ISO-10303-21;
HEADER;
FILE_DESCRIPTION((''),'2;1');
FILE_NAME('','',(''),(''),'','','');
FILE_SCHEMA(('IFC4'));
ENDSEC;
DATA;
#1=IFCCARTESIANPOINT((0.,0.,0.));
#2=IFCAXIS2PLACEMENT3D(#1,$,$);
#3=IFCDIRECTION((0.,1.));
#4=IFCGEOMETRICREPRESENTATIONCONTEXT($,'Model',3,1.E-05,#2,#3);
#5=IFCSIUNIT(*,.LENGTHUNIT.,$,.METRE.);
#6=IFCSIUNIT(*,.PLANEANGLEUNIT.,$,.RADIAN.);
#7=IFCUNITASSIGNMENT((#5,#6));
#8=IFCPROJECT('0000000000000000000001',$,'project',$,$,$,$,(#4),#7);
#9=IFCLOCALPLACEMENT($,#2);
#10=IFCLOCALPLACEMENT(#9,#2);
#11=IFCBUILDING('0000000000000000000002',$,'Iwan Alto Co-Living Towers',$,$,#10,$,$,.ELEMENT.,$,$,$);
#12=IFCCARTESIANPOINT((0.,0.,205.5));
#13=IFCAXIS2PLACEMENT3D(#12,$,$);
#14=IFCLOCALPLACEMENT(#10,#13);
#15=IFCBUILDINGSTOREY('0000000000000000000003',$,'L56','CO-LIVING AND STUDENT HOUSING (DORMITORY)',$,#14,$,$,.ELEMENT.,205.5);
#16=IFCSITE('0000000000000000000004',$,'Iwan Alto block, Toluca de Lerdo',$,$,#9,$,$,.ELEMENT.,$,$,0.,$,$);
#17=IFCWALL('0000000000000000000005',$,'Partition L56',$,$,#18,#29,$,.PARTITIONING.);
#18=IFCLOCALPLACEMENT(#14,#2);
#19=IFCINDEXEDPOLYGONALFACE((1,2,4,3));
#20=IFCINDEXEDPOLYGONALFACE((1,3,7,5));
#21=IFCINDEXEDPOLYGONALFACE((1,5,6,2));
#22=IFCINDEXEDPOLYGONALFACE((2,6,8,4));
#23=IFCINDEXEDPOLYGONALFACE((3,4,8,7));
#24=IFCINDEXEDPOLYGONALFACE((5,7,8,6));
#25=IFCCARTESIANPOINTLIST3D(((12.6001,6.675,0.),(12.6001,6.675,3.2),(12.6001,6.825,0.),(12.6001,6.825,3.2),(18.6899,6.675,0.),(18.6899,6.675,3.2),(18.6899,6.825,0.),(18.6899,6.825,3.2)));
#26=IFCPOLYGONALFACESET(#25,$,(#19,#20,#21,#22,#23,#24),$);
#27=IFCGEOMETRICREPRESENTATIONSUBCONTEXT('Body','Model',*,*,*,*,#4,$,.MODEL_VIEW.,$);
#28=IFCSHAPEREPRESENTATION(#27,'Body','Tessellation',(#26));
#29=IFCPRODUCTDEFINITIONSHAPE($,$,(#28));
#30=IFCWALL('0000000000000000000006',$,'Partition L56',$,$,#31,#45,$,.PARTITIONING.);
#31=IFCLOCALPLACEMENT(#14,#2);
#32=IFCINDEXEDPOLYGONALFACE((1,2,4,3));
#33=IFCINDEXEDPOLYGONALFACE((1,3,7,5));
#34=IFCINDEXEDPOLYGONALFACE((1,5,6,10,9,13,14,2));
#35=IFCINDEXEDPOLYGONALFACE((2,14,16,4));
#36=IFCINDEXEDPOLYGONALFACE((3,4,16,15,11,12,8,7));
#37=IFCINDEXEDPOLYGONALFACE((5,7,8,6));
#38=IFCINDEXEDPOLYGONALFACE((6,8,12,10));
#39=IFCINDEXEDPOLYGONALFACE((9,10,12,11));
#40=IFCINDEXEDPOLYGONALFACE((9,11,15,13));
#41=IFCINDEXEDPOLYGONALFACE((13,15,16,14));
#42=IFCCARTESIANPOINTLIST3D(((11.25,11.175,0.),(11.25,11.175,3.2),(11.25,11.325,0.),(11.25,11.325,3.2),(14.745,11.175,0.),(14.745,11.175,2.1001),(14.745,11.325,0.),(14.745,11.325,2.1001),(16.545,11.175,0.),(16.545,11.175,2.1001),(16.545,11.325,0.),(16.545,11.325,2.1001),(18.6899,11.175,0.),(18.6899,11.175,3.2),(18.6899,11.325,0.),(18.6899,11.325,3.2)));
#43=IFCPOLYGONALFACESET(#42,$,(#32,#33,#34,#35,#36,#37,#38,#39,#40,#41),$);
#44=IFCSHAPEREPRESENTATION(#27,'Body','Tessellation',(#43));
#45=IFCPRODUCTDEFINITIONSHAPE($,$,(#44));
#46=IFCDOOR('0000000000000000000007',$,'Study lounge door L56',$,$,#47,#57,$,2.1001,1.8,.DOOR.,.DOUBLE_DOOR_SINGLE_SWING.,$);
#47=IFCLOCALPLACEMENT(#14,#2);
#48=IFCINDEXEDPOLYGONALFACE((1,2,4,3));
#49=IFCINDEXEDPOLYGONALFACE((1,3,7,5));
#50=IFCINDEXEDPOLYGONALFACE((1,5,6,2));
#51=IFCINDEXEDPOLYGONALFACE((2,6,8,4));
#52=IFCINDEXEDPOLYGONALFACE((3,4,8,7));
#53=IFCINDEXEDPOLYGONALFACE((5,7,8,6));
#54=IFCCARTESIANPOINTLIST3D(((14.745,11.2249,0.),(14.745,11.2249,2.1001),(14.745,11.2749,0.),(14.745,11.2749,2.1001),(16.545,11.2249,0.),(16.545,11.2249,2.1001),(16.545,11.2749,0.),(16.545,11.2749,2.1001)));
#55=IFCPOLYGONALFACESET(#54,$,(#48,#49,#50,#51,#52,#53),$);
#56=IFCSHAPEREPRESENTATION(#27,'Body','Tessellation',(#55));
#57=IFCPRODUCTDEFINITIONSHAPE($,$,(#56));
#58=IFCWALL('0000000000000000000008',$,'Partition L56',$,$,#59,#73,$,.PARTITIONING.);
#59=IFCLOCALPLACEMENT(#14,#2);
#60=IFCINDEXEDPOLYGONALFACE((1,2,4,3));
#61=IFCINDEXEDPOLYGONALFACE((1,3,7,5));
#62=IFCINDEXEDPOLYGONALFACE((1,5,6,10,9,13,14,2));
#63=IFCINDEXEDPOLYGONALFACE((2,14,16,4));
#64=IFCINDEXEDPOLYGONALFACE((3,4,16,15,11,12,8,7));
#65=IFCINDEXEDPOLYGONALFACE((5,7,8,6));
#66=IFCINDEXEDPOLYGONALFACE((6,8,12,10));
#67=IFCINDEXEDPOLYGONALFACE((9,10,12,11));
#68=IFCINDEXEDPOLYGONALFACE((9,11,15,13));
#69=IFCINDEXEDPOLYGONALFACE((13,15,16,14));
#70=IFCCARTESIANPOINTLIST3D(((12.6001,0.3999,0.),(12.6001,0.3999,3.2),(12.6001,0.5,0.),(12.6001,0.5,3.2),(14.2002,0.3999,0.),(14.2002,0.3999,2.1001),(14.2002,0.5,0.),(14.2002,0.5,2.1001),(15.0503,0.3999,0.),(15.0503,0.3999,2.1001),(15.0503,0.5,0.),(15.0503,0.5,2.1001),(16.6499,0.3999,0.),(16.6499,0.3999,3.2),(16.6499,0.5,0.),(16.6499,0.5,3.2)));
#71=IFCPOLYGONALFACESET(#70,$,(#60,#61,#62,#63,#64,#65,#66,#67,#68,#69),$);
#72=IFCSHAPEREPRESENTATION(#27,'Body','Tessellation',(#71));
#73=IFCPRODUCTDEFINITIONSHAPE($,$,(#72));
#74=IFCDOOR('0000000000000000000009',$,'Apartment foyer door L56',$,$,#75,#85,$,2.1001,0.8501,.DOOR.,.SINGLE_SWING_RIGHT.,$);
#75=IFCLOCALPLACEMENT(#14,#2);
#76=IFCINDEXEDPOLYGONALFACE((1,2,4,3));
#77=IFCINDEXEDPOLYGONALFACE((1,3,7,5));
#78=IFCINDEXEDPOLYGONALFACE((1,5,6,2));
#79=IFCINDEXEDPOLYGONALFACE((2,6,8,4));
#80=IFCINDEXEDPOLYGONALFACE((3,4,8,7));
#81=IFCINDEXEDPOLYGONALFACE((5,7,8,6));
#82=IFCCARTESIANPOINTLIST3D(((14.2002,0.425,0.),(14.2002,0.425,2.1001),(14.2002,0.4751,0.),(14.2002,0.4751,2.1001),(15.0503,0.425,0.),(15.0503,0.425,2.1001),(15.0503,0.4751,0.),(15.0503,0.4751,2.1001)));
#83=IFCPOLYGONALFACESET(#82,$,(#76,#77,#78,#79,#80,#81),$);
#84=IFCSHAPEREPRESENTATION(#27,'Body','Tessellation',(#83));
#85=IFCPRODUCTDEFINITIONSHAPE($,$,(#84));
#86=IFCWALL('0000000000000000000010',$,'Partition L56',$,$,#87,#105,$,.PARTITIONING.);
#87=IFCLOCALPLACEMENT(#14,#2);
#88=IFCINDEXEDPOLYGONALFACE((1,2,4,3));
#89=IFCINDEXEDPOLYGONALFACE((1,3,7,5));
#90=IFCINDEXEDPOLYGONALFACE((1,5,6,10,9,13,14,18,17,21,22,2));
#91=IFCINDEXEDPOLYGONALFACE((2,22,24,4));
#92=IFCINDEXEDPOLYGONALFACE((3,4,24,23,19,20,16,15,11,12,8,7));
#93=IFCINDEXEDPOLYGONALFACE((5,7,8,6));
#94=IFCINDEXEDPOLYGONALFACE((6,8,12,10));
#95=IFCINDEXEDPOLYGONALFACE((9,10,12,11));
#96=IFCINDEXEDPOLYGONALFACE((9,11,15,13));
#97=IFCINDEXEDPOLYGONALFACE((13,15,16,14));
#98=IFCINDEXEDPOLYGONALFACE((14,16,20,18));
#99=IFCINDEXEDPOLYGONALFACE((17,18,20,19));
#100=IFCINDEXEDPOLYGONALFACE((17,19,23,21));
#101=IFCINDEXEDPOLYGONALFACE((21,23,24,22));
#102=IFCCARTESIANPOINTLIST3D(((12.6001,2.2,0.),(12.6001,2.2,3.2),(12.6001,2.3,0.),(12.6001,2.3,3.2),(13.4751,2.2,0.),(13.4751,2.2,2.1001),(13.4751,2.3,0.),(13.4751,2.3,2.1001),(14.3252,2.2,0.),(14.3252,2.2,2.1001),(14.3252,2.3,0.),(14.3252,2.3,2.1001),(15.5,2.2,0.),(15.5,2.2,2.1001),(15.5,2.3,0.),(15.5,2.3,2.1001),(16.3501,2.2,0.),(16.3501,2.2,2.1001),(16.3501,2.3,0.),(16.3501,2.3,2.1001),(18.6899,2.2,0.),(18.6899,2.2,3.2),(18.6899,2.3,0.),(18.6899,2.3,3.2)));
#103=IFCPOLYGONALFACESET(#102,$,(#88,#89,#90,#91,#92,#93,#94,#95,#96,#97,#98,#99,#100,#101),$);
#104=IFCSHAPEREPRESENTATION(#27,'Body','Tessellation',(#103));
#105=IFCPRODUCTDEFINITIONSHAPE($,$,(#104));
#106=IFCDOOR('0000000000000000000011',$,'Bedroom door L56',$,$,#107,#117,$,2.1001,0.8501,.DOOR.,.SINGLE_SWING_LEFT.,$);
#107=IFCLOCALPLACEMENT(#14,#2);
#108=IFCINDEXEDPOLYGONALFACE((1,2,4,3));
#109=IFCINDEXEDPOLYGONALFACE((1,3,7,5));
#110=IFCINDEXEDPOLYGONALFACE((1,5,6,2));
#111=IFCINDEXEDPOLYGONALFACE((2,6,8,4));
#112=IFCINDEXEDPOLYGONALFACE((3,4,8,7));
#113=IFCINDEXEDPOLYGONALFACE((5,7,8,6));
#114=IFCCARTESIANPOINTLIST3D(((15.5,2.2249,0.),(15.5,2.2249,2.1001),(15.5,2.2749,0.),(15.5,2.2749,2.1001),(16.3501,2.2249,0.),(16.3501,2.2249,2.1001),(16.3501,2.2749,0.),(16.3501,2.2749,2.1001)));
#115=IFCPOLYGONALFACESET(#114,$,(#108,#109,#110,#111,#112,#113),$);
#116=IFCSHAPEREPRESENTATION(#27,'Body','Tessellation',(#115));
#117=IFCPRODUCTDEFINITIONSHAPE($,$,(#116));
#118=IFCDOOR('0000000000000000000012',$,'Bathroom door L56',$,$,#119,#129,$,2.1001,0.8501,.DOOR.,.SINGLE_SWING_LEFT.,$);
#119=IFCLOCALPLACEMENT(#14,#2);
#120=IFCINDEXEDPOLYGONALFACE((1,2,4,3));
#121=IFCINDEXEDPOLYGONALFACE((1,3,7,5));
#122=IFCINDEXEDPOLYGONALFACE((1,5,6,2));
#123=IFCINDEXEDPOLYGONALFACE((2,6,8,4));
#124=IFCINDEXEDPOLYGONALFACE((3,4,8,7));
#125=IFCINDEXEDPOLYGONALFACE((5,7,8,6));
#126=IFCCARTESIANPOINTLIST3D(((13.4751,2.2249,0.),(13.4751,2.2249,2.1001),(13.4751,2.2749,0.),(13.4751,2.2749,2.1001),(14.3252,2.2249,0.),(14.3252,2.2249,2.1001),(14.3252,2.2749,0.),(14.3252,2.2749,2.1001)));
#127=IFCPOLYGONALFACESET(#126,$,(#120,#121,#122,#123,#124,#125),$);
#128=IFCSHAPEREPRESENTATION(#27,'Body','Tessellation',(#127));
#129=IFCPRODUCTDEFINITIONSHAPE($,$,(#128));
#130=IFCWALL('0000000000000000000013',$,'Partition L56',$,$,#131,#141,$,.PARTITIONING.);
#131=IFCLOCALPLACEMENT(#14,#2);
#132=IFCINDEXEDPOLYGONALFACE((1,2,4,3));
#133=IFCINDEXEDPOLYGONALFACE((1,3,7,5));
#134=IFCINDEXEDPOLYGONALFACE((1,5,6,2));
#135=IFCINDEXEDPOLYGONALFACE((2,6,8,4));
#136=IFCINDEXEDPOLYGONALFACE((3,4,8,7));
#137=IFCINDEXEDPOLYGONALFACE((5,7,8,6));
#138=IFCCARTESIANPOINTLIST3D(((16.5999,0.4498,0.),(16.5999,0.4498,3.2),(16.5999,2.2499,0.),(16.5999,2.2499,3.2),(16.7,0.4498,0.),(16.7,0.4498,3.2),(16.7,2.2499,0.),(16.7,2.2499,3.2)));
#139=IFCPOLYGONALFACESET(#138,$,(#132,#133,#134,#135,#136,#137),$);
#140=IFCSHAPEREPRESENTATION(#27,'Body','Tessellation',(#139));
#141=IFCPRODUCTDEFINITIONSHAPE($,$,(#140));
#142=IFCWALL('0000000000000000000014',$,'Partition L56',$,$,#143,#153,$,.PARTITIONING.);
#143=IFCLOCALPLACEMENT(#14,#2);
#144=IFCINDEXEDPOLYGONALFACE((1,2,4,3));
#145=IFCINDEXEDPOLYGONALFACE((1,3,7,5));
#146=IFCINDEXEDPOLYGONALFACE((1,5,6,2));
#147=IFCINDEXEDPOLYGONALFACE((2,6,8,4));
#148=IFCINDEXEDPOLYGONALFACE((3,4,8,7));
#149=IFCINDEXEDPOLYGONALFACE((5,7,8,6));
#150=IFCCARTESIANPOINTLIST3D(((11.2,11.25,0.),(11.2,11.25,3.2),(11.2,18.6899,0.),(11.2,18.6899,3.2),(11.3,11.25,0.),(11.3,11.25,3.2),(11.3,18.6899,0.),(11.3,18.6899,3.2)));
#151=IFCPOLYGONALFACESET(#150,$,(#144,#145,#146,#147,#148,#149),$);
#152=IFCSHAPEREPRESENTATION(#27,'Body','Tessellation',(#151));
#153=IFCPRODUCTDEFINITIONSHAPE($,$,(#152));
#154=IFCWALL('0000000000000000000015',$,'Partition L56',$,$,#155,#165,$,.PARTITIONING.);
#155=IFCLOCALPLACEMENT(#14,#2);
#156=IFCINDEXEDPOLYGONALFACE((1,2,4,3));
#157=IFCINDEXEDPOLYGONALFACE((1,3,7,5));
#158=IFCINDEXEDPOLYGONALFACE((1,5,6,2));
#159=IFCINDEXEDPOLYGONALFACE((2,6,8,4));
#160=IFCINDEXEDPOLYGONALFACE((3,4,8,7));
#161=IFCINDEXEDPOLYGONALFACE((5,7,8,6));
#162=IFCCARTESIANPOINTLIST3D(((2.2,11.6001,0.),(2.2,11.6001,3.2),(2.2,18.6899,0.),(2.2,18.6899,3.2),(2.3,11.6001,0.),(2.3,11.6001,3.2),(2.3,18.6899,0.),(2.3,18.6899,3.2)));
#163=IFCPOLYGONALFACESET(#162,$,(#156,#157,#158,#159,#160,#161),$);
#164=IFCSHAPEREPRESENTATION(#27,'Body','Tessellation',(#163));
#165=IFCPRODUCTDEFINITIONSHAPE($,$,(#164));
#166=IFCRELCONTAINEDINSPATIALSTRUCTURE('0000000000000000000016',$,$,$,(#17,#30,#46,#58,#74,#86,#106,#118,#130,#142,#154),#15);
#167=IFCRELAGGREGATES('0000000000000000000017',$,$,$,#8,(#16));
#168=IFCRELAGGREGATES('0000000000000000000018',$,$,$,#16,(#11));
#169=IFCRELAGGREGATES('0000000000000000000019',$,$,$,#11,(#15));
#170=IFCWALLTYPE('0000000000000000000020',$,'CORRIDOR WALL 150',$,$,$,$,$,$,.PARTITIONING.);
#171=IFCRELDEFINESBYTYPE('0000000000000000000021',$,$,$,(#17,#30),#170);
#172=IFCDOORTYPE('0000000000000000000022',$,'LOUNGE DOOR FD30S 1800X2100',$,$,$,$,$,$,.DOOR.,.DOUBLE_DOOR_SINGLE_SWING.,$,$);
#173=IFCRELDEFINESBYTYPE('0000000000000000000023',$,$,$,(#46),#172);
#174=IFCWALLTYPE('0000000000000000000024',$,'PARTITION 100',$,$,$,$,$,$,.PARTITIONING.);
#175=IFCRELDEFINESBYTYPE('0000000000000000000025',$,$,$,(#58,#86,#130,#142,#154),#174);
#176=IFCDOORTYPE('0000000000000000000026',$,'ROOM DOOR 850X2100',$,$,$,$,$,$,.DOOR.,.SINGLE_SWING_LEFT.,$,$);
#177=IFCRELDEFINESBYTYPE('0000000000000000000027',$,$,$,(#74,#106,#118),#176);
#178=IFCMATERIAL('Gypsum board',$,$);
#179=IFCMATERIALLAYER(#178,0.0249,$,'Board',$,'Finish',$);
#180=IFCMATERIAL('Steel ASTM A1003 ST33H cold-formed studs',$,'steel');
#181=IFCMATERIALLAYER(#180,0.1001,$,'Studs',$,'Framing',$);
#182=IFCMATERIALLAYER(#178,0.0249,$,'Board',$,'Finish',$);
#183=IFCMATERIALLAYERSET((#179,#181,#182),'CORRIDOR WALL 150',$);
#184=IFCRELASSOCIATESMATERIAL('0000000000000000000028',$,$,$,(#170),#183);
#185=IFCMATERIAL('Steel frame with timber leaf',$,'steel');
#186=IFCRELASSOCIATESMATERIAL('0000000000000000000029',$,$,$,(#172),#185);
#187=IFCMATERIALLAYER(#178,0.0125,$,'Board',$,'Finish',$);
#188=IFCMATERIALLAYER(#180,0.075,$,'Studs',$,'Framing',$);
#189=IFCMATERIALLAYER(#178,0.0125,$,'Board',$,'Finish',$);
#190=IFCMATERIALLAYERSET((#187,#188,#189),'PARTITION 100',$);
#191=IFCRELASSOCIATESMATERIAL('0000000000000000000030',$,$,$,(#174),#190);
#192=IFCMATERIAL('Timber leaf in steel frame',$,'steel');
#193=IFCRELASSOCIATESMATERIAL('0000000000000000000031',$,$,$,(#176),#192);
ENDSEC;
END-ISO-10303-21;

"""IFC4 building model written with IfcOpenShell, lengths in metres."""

from ifc_helpers import new_model, si_unit, direction, frame, frame_2d, origin, place, context, subcontext, project, spatial, rectangle, extrude, material, layer, layer_set, type_object, element, fill, save


model = new_model("IFC4")

# Units and contexts
model_context = context("Model", 3, precision=1e-05, world=origin(), true_north=direction((0.0, 1.0)))
body_context = subcontext(model_context, "Body", "Model", "MODEL_VIEW")
ifc_project = project(units=[si_unit("LENGTHUNIT", "METRE"), si_unit("PLANEANGLEUNIT", "RADIAN")], contexts=[model_context])

# Site, building, storey
site_placement = place(None, origin())
site = spatial("IfcSite", under=ifc_project, at=site_placement, Name="Iwan Alto block, Toluca de Lerdo", CompositionType="ELEMENT", RefElevation=0.0)
building_placement = place(site_placement, origin())
building = spatial("IfcBuilding", under=site, at=building_placement, Name="Iwan Alto Co-Living Towers", CompositionType="ELEMENT")
storey_placement = place(building_placement, frame((0.0, 0.0, 205.5)))
storey = spatial("IfcBuildingStorey", under=building, at=storey_placement, Name="L56", Description="CO-LIVING AND STUDENT HOUSING (DORMITORY)", CompositionType="ELEMENT", Elevation=205.5)

# Wall
ifc_material_1 = material(Name="Gypsum board")
ifc_layer_1 = layer(ifc_material_1, 0.0249, Name="Board", Category="Finish")
ifc_material_2 = material(Name="Steel ASTM A1003 ST33H cold-formed studs", Category="steel")
ifc_layer_2 = layer(ifc_material_2, 0.1001, Name="Studs", Category="Framing")
ifc_layer_3 = layer(ifc_material_1, 0.0249, Name="Board", Category="Finish")
ifc_layer_set_1 = layer_set([ifc_layer_1, ifc_layer_2, ifc_layer_3], Name="CORRIDOR WALL 150")
wall_type_1 = type_object("IfcWallType", Name="CORRIDOR WALL 150", PredefinedType="PARTITIONING", material=ifc_layer_set_1)
wall_1_placement = place(storey_placement, frame((12.6001, 6.75, 0.0), z_axis=(0.0, 0.0, 1.0), x_axis=(1.0, 0.0, 0.0)))
element("IfcWall", 1, at=wall_1_placement, inside=storey, type_object=wall_type_1, Name="Partition L56", PredefinedType="PARTITIONING", context=body_context, shape_type="SweptSolid", body=[
    extrude(rectangle(XDim=6.0898, YDim=0.1499, at=frame_2d((3.0449, 0.0))), origin(), (0.0, 0.0, 1.0), 3.2),
])

# Walls, openings, doors
wall_2_placement = place(storey_placement, frame((11.25, 11.25, 0.0), z_axis=(0.0, 0.0, 1.0), x_axis=(1.0, 0.0, 0.0)))
wall_2 = element("IfcWall", 2, at=wall_2_placement, inside=storey, type_object=wall_type_1, Name="Partition L56", PredefinedType="PARTITIONING", context=body_context, shape_type="SweptSolid", body=[
    extrude(rectangle(XDim=7.4399, YDim=0.1499, at=frame_2d((3.72, 0.0))), origin(), (0.0, 0.0, 1.0), 3.2),
])
opening_1_placement = place(wall_2_placement, frame((3.4951, 0.0, 0.0)))
opening_1 = element("IfcOpeningElement", 3, at=opening_1_placement, cuts=wall_2, PredefinedType="OPENING", context=body_context, shape_type="SweptSolid", body=[
    extrude(rectangle(XDim=1.8, YDim=2.1001, at=frame_2d((0.8999, 1.05))), frame((0.0, 0.085, 0.0), z_axis=(0.0, -1.0, 0.0), x_axis=(1.0, 0.0, 0.0)), (0.0, 0.0, 1.0), 0.1699),
])
ifc_material_3 = material(Name="Steel frame with timber leaf", Category="steel")
door_type_1 = type_object("IfcDoorType", Name="LOUNGE DOOR FD30S 1800X2100", OperationType="DOUBLE_DOOR_SINGLE_SWING", PredefinedType="DOOR", material=ifc_material_3)
door_1_placement = place(opening_1_placement, origin())
door_1 = element("IfcDoor", 4, at=door_1_placement, inside=storey, type_object=door_type_1, Name="Study lounge door L56", OperationType="DOUBLE_DOOR_SINGLE_SWING", OverallHeight=2.1001, OverallWidth=1.8, PredefinedType="DOOR", context=body_context, shape_type="SweptSolid", body=[
    extrude(rectangle(XDim=1.8, YDim=2.1001, at=frame_2d((0.8999, 1.05))), frame((0.0, 0.0249, 0.0), z_axis=(0.0, -1.0, 0.0), x_axis=(1.0, 0.0, 0.0)), (0.0, 0.0, 1.0), 0.05),
])
fill(opening_1, door_1)
ifc_layer_4 = layer(ifc_material_1, 0.0125, Name="Board", Category="Finish")
ifc_layer_5 = layer(ifc_material_2, 0.075, Name="Studs", Category="Framing")
ifc_layer_6 = layer(ifc_material_1, 0.0125, Name="Board", Category="Finish")
ifc_layer_set_2 = layer_set([ifc_layer_4, ifc_layer_5, ifc_layer_6], Name="PARTITION 100")
wall_type_2 = type_object("IfcWallType", Name="PARTITION 100", PredefinedType="PARTITIONING", material=ifc_layer_set_2)
wall_3_placement = place(storey_placement, frame((12.6001, 0.45, 0.0), z_axis=(0.0, 0.0, 1.0), x_axis=(1.0, 0.0, 0.0)))
wall_3 = element("IfcWall", 5, at=wall_3_placement, inside=storey, type_object=wall_type_2, Name="Partition L56", PredefinedType="PARTITIONING", context=body_context, shape_type="SweptSolid", body=[
    extrude(rectangle(XDim=4.0498, YDim=0.1001, at=frame_2d((2.0249, 0.0))), origin(), (0.0, 0.0, 1.0), 3.2),
])
opening_2_placement = place(wall_3_placement, frame((1.6001, 0.0, 0.0)))
opening_2 = element("IfcOpeningElement", 6, at=opening_2_placement, cuts=wall_3, PredefinedType="OPENING", context=body_context, shape_type="SweptSolid", body=[
    extrude(rectangle(XDim=0.8501, YDim=2.1001, at=frame_2d((0.425, 1.05))), frame((0.0, 0.0601, 0.0), z_axis=(0.0, -1.0, 0.0), x_axis=(1.0, 0.0, 0.0)), (0.0, 0.0, 1.0), 0.1201),
])
ifc_material_4 = material(Name="Timber leaf in steel frame", Category="steel")
door_type_2 = type_object("IfcDoorType", Name="ROOM DOOR 850X2100", OperationType="SINGLE_SWING_LEFT", PredefinedType="DOOR", material=ifc_material_4)
door_2_placement = place(opening_2_placement, frame((0.8501, 0.0, 0.0), z_axis=(0.0, 0.0, 1.0), x_axis=(-1.0, 0.0, 0.0)))
door_2 = element("IfcDoor", 7, at=door_2_placement, inside=storey, type_object=door_type_2, Name="Apartment foyer door L56", OperationType="SINGLE_SWING_RIGHT", OverallHeight=2.1001, OverallWidth=0.8501, PredefinedType="DOOR", context=body_context, shape_type="SweptSolid", body=[
    extrude(rectangle(XDim=0.8501, YDim=2.1001, at=frame_2d((0.425, 1.05))), frame((0.0, 0.0249, 0.0), z_axis=(0.0, -1.0, 0.0), x_axis=(1.0, 0.0, 0.0)), (0.0, 0.0, 1.0), 0.05),
])
fill(opening_2, door_2)

# Wall, openings, doors
wall_4_placement = place(storey_placement, frame((12.6001, 2.25, 0.0), z_axis=(0.0, 0.0, 1.0), x_axis=(1.0, 0.0, 0.0)))
wall_4 = element("IfcWall", 8, at=wall_4_placement, inside=storey, type_object=wall_type_2, Name="Partition L56", PredefinedType="PARTITIONING", context=body_context, shape_type="SweptSolid", body=[
    extrude(rectangle(XDim=6.0898, YDim=0.1001, at=frame_2d((3.0449, 0.0))), origin(), (0.0, 0.0, 1.0), 3.2),
])
opening_3_placement = place(wall_4_placement, frame((2.8999, 0.0, 0.0)))
opening_3 = element("IfcOpeningElement", 9, at=opening_3_placement, cuts=wall_4, PredefinedType="OPENING", context=body_context, shape_type="SweptSolid", body=[
    extrude(rectangle(XDim=0.8501, YDim=2.1001, at=frame_2d((0.425, 1.05))), frame((0.0, 0.0601, 0.0), z_axis=(0.0, -1.0, 0.0), x_axis=(1.0, 0.0, 0.0)), (0.0, 0.0, 1.0), 0.1201),
])
opening_4_placement = place(wall_4_placement, frame((0.875, 0.0, 0.0)))
opening_4 = element("IfcOpeningElement", 10, at=opening_4_placement, cuts=wall_4, PredefinedType="OPENING", context=body_context, shape_type="SweptSolid", body=[
    extrude(rectangle(XDim=0.8501, YDim=2.1001, at=frame_2d((0.425, 1.05))), frame((0.0, 0.0601, 0.0), z_axis=(0.0, -1.0, 0.0), x_axis=(1.0, 0.0, 0.0)), (0.0, 0.0, 1.0), 0.1201),
])
door_3_placement = place(opening_3_placement, origin())
door_3 = element("IfcDoor", 11, at=door_3_placement, inside=storey, type_object=door_type_2, Name="Bedroom door L56", OperationType="SINGLE_SWING_LEFT", OverallHeight=2.1001, OverallWidth=0.8501, PredefinedType="DOOR", context=body_context, shape_type="SweptSolid", body=[
    extrude(rectangle(XDim=0.8501, YDim=2.1001, at=frame_2d((0.425, 1.05))), frame((0.0, 0.0249, 0.0), z_axis=(0.0, -1.0, 0.0), x_axis=(1.0, 0.0, 0.0)), (0.0, 0.0, 1.0), 0.05),
])
fill(opening_3, door_3)
door_4_placement = place(opening_4_placement, origin())
door_4 = element("IfcDoor", 12, at=door_4_placement, inside=storey, type_object=door_type_2, Name="Bathroom door L56", OperationType="SINGLE_SWING_LEFT", OverallHeight=2.1001, OverallWidth=0.8501, PredefinedType="DOOR", context=body_context, shape_type="SweptSolid", body=[
    extrude(rectangle(XDim=0.8501, YDim=2.1001, at=frame_2d((0.425, 1.05))), frame((0.0, 0.0249, 0.0), z_axis=(0.0, -1.0, 0.0), x_axis=(1.0, 0.0, 0.0)), (0.0, 0.0, 1.0), 0.05),
])
fill(opening_4, door_4)

# Walls
wall_5_placement = place(storey_placement, frame((16.6499, 0.45, 0.0), z_axis=(0.0, 0.0, 1.0), x_axis=(0.0, 1.0, 0.0)))
element("IfcWall", 13, at=wall_5_placement, inside=storey, type_object=wall_type_2, Name="Partition L56", PredefinedType="PARTITIONING", context=body_context, shape_type="SweptSolid", body=[
    extrude(rectangle(XDim=1.8, YDim=0.1001, at=frame_2d((0.8999, 0.0))), origin(), (0.0, 0.0, 1.0), 3.2),
])
wall_6_placement = place(storey_placement, frame((11.25, 11.25, 0.0), z_axis=(0.0, 0.0, 1.0), x_axis=(0.0, 1.0, 0.0)))
element("IfcWall", 14, at=wall_6_placement, inside=storey, type_object=wall_type_2, Name="Partition L56", PredefinedType="PARTITIONING", context=body_context, shape_type="SweptSolid", body=[
    extrude(rectangle(XDim=7.4399, YDim=0.1001, at=frame_2d((3.72, 0.0))), origin(), (0.0, 0.0, 1.0), 3.2),
])
wall_7_placement = place(storey_placement, frame((2.25, 11.6001, 0.0), z_axis=(0.0, 0.0, 1.0), x_axis=(0.0, 1.0, 0.0)))
element("IfcWall", 15, at=wall_7_placement, inside=storey, type_object=wall_type_2, Name="Partition L56", PredefinedType="PARTITIONING", context=body_context, shape_type="SweptSolid", body=[
    extrude(rectangle(XDim=7.0898, YDim=0.1001, at=frame_2d((3.5449, 0.0))), origin(), (0.0, 0.0, 1.0), 3.2),
])

save(model, "model.ifc")
